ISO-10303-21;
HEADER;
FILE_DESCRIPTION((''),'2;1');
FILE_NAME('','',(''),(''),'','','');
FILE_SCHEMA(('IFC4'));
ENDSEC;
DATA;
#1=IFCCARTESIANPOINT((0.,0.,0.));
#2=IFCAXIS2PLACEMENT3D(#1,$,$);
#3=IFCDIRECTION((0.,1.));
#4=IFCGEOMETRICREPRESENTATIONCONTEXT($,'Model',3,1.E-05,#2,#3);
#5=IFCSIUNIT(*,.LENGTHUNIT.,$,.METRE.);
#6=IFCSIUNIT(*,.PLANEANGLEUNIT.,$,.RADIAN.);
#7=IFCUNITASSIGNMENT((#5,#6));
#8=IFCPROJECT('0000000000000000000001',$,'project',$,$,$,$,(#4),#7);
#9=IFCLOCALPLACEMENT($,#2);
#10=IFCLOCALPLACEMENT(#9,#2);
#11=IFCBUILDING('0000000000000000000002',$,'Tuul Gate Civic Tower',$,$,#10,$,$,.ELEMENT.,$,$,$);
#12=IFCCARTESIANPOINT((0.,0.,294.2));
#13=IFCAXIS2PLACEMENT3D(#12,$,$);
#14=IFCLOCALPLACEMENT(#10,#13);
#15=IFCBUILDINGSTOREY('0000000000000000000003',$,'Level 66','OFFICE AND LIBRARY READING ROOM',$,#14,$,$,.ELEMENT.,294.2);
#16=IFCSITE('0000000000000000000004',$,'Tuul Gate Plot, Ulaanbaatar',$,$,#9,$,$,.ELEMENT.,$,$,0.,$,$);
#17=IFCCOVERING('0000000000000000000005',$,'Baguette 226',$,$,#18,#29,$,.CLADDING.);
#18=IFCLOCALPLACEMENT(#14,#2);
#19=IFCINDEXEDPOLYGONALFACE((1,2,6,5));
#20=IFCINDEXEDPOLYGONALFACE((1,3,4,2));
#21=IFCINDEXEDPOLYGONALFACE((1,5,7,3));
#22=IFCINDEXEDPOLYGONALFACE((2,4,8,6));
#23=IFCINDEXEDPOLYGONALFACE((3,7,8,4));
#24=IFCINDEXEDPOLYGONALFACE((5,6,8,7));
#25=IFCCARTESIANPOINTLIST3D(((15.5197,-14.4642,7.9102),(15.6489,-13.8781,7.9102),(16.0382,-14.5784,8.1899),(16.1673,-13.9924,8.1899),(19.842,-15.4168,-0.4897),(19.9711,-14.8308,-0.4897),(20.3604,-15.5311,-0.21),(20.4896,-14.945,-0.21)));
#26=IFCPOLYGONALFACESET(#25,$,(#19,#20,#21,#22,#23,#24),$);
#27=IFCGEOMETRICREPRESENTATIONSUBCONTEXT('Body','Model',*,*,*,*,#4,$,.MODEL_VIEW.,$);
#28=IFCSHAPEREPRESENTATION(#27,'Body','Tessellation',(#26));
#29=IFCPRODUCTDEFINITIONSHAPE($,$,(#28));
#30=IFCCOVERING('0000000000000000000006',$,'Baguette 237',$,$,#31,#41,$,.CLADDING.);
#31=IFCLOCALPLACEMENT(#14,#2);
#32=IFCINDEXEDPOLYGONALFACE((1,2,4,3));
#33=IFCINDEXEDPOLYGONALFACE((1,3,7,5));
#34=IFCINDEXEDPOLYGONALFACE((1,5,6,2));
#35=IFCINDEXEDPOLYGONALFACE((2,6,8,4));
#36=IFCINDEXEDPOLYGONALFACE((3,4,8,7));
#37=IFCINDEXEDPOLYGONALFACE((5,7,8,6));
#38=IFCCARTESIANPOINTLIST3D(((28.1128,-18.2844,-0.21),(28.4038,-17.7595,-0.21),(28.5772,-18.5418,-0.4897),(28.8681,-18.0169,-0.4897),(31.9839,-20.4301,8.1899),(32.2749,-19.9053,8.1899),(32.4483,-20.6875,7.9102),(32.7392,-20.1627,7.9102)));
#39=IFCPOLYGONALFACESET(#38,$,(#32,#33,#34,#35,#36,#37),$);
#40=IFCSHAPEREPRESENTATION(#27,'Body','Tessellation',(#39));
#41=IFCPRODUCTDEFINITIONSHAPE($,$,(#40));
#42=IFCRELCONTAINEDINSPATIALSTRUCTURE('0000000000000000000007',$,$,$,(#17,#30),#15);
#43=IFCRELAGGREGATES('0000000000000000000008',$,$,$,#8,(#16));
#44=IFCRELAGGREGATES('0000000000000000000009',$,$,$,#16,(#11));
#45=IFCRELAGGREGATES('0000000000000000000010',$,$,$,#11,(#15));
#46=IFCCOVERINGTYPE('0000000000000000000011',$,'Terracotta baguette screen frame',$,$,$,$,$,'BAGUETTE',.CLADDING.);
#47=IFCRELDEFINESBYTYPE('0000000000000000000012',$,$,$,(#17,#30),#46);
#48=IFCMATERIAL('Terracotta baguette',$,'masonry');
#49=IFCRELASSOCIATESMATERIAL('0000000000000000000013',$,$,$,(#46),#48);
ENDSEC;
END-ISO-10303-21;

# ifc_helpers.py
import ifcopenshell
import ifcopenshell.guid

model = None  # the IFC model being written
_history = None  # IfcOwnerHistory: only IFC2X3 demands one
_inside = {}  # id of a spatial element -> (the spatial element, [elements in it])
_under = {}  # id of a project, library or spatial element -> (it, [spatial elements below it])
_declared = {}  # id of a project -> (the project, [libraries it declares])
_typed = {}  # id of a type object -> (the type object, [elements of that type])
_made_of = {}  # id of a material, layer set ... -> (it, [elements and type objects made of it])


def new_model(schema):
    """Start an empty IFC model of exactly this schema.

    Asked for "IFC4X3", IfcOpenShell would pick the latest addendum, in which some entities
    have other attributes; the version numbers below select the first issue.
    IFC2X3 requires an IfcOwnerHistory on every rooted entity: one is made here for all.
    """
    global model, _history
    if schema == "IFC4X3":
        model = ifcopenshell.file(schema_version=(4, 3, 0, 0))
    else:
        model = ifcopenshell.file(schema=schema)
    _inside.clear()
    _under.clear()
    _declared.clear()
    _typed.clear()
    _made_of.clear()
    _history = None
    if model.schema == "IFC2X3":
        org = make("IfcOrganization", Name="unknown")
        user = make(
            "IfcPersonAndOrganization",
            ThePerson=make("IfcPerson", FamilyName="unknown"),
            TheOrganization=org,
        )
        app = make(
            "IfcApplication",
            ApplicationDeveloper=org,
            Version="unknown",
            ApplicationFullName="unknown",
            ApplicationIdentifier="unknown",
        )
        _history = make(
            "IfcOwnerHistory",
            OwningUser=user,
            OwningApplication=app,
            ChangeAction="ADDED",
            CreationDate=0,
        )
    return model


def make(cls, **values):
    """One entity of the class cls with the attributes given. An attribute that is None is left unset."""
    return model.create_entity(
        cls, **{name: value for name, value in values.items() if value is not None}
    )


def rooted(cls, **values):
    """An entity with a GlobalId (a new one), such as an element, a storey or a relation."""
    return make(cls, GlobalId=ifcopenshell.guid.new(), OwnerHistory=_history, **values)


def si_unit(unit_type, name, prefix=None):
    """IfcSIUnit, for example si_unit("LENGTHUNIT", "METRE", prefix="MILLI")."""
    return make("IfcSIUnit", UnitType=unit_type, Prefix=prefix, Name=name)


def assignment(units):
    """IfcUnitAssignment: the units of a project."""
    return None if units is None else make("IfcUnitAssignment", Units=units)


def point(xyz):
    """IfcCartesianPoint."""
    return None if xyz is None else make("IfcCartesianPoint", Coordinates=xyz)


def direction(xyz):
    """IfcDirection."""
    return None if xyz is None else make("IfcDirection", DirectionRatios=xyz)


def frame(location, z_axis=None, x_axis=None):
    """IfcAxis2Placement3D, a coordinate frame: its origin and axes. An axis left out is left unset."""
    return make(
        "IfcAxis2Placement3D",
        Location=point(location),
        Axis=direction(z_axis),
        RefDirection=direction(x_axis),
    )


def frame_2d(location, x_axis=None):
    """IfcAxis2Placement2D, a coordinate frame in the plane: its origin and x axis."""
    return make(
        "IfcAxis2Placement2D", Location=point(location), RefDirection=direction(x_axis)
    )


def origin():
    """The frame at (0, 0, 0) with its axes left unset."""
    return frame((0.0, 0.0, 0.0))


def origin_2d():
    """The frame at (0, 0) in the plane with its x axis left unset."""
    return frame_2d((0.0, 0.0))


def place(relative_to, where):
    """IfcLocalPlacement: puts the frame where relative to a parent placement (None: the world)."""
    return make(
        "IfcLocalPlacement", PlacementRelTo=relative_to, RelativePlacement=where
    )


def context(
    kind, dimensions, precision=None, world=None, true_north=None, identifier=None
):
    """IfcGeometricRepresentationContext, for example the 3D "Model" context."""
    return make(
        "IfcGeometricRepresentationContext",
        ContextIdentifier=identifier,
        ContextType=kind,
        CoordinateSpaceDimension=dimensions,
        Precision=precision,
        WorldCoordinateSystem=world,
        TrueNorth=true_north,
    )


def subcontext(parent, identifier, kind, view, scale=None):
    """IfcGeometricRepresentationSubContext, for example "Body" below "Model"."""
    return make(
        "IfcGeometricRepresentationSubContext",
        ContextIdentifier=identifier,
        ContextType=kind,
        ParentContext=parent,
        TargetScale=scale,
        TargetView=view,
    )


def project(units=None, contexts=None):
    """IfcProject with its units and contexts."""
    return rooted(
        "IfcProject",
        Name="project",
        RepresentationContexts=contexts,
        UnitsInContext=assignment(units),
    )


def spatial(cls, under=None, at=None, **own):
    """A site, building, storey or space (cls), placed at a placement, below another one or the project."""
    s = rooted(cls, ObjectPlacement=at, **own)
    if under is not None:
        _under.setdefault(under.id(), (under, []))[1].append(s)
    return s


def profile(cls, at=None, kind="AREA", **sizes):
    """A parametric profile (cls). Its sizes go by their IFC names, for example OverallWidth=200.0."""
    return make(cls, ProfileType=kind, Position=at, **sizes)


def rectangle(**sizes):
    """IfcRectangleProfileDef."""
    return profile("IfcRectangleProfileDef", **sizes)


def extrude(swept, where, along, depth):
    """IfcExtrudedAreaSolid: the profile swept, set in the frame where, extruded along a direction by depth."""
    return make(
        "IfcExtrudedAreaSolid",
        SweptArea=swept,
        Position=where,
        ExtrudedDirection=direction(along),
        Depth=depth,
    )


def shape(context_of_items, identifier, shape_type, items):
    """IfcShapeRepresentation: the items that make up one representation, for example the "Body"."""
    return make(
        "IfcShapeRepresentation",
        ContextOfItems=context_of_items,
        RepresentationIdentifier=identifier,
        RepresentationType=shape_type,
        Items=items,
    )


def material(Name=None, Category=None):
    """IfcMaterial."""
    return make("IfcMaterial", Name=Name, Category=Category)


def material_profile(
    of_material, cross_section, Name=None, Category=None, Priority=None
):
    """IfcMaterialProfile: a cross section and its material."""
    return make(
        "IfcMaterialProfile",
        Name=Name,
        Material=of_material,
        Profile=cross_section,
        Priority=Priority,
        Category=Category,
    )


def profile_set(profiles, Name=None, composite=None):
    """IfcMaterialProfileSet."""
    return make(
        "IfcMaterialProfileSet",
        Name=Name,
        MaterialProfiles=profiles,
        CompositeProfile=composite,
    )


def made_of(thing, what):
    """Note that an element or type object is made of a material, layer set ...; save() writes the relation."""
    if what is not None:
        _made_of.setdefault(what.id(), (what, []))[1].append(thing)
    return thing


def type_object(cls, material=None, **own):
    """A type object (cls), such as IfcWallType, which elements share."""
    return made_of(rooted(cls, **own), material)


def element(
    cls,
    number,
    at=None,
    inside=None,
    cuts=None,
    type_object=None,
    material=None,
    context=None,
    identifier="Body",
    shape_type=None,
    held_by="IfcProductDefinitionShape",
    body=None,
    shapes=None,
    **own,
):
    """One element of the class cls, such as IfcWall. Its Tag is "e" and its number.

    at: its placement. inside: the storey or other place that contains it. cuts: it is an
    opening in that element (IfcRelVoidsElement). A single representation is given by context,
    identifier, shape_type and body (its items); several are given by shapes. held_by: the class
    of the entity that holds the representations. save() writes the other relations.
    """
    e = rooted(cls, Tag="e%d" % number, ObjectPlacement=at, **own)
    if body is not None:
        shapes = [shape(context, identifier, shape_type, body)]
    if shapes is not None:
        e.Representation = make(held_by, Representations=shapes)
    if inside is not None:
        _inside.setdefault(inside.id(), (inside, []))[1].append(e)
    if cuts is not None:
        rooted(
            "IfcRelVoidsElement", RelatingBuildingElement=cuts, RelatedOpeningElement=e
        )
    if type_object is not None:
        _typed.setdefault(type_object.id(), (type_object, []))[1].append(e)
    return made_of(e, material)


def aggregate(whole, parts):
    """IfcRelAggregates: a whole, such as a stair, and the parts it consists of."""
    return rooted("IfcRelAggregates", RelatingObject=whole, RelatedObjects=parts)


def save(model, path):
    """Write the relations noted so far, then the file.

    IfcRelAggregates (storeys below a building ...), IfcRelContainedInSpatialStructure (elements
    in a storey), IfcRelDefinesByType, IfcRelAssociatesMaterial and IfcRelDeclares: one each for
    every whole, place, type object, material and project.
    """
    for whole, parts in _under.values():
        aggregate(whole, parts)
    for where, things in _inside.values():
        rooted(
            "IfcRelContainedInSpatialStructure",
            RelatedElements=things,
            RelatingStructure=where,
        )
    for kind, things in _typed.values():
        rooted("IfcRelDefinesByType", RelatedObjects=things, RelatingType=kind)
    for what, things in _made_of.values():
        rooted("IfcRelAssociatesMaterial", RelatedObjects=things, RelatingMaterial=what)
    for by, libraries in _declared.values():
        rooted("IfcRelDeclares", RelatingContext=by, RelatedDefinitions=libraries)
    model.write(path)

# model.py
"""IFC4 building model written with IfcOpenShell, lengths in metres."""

from ifc_helpers import new_model, si_unit, direction, frame, origin, origin_2d, place, context, subcontext, project, spatial, rectangle, extrude, material, material_profile, profile_set, type_object, element, save


model = new_model("IFC4")

# Units and contexts
model_context = context("Model", 3, precision=1e-05, world=origin(), true_north=direction((0.0, 1.0)))
body_context = subcontext(model_context, "Body", "Model", "MODEL_VIEW")
ifc_project = project(units=[si_unit("LENGTHUNIT", "METRE"), si_unit("PLANEANGLEUNIT", "RADIAN")], contexts=[model_context])

# Site, building, storey
site_placement = place(None, origin())
site = spatial("IfcSite", under=ifc_project, at=site_placement, Name="Tuul Gate Plot, Ulaanbaatar", CompositionType="ELEMENT", RefElevation=0.0)
building_placement = place(site_placement, origin())
building = spatial("IfcBuilding", under=site, at=building_placement, Name="Tuul Gate Civic Tower", CompositionType="ELEMENT")
storey_placement = place(building_placement, frame((0.0, 0.0, 294.2)))
storey = spatial("IfcBuildingStorey", under=building, at=storey_placement, Name="Level 66", Description="OFFICE AND LIBRARY READING ROOM", CompositionType="ELEMENT", Elevation=294.2)

# Coverings
ifc_material_1 = material(Name="Terracotta baguette", Category="masonry")
ifc_material_profile_1 = material_profile(ifc_material_1, rectangle(XDim=0.6001, YDim=0.6001, at=origin_2d()), Name="Terracotta baguette screen frame")
ifc_profile_set_1 = profile_set([ifc_material_profile_1], Name="Terracotta baguette")
covering_type = type_object("IfcCoveringType", Name="Terracotta baguette screen frame", ElementType="BAGUETTE", PredefinedType="CLADDING", material=ifc_profile_set_1)
for number, where, z_axis, x_axis, name in (
    (1, (15.8435, -14.2283, 8.05), (0.455233, -0.100334, -0.884701), (0.215236, 0.976562, 0.0), "Baguette 226"),
    (2, (28.4905, -18.1506, -0.3499), (0.407714, -0.225996, 0.8847), (0.484804, 0.874623, 0.0), "Baguette 237"),
):
    element("IfcCovering", number, at=place(storey_placement, frame(where, z_axis=z_axis, x_axis=x_axis)), inside=storey, type_object=covering_type, Name=name, PredefinedType="CLADDING", context=body_context, shape_type="SweptSolid", body=[
        extrude(rectangle(XDim=0.6001, YDim=0.6001, at=origin_2d()), origin(), (0.0, 0.0, 1.0), 9.4946),
    ])

save(model, "model.ifc")
